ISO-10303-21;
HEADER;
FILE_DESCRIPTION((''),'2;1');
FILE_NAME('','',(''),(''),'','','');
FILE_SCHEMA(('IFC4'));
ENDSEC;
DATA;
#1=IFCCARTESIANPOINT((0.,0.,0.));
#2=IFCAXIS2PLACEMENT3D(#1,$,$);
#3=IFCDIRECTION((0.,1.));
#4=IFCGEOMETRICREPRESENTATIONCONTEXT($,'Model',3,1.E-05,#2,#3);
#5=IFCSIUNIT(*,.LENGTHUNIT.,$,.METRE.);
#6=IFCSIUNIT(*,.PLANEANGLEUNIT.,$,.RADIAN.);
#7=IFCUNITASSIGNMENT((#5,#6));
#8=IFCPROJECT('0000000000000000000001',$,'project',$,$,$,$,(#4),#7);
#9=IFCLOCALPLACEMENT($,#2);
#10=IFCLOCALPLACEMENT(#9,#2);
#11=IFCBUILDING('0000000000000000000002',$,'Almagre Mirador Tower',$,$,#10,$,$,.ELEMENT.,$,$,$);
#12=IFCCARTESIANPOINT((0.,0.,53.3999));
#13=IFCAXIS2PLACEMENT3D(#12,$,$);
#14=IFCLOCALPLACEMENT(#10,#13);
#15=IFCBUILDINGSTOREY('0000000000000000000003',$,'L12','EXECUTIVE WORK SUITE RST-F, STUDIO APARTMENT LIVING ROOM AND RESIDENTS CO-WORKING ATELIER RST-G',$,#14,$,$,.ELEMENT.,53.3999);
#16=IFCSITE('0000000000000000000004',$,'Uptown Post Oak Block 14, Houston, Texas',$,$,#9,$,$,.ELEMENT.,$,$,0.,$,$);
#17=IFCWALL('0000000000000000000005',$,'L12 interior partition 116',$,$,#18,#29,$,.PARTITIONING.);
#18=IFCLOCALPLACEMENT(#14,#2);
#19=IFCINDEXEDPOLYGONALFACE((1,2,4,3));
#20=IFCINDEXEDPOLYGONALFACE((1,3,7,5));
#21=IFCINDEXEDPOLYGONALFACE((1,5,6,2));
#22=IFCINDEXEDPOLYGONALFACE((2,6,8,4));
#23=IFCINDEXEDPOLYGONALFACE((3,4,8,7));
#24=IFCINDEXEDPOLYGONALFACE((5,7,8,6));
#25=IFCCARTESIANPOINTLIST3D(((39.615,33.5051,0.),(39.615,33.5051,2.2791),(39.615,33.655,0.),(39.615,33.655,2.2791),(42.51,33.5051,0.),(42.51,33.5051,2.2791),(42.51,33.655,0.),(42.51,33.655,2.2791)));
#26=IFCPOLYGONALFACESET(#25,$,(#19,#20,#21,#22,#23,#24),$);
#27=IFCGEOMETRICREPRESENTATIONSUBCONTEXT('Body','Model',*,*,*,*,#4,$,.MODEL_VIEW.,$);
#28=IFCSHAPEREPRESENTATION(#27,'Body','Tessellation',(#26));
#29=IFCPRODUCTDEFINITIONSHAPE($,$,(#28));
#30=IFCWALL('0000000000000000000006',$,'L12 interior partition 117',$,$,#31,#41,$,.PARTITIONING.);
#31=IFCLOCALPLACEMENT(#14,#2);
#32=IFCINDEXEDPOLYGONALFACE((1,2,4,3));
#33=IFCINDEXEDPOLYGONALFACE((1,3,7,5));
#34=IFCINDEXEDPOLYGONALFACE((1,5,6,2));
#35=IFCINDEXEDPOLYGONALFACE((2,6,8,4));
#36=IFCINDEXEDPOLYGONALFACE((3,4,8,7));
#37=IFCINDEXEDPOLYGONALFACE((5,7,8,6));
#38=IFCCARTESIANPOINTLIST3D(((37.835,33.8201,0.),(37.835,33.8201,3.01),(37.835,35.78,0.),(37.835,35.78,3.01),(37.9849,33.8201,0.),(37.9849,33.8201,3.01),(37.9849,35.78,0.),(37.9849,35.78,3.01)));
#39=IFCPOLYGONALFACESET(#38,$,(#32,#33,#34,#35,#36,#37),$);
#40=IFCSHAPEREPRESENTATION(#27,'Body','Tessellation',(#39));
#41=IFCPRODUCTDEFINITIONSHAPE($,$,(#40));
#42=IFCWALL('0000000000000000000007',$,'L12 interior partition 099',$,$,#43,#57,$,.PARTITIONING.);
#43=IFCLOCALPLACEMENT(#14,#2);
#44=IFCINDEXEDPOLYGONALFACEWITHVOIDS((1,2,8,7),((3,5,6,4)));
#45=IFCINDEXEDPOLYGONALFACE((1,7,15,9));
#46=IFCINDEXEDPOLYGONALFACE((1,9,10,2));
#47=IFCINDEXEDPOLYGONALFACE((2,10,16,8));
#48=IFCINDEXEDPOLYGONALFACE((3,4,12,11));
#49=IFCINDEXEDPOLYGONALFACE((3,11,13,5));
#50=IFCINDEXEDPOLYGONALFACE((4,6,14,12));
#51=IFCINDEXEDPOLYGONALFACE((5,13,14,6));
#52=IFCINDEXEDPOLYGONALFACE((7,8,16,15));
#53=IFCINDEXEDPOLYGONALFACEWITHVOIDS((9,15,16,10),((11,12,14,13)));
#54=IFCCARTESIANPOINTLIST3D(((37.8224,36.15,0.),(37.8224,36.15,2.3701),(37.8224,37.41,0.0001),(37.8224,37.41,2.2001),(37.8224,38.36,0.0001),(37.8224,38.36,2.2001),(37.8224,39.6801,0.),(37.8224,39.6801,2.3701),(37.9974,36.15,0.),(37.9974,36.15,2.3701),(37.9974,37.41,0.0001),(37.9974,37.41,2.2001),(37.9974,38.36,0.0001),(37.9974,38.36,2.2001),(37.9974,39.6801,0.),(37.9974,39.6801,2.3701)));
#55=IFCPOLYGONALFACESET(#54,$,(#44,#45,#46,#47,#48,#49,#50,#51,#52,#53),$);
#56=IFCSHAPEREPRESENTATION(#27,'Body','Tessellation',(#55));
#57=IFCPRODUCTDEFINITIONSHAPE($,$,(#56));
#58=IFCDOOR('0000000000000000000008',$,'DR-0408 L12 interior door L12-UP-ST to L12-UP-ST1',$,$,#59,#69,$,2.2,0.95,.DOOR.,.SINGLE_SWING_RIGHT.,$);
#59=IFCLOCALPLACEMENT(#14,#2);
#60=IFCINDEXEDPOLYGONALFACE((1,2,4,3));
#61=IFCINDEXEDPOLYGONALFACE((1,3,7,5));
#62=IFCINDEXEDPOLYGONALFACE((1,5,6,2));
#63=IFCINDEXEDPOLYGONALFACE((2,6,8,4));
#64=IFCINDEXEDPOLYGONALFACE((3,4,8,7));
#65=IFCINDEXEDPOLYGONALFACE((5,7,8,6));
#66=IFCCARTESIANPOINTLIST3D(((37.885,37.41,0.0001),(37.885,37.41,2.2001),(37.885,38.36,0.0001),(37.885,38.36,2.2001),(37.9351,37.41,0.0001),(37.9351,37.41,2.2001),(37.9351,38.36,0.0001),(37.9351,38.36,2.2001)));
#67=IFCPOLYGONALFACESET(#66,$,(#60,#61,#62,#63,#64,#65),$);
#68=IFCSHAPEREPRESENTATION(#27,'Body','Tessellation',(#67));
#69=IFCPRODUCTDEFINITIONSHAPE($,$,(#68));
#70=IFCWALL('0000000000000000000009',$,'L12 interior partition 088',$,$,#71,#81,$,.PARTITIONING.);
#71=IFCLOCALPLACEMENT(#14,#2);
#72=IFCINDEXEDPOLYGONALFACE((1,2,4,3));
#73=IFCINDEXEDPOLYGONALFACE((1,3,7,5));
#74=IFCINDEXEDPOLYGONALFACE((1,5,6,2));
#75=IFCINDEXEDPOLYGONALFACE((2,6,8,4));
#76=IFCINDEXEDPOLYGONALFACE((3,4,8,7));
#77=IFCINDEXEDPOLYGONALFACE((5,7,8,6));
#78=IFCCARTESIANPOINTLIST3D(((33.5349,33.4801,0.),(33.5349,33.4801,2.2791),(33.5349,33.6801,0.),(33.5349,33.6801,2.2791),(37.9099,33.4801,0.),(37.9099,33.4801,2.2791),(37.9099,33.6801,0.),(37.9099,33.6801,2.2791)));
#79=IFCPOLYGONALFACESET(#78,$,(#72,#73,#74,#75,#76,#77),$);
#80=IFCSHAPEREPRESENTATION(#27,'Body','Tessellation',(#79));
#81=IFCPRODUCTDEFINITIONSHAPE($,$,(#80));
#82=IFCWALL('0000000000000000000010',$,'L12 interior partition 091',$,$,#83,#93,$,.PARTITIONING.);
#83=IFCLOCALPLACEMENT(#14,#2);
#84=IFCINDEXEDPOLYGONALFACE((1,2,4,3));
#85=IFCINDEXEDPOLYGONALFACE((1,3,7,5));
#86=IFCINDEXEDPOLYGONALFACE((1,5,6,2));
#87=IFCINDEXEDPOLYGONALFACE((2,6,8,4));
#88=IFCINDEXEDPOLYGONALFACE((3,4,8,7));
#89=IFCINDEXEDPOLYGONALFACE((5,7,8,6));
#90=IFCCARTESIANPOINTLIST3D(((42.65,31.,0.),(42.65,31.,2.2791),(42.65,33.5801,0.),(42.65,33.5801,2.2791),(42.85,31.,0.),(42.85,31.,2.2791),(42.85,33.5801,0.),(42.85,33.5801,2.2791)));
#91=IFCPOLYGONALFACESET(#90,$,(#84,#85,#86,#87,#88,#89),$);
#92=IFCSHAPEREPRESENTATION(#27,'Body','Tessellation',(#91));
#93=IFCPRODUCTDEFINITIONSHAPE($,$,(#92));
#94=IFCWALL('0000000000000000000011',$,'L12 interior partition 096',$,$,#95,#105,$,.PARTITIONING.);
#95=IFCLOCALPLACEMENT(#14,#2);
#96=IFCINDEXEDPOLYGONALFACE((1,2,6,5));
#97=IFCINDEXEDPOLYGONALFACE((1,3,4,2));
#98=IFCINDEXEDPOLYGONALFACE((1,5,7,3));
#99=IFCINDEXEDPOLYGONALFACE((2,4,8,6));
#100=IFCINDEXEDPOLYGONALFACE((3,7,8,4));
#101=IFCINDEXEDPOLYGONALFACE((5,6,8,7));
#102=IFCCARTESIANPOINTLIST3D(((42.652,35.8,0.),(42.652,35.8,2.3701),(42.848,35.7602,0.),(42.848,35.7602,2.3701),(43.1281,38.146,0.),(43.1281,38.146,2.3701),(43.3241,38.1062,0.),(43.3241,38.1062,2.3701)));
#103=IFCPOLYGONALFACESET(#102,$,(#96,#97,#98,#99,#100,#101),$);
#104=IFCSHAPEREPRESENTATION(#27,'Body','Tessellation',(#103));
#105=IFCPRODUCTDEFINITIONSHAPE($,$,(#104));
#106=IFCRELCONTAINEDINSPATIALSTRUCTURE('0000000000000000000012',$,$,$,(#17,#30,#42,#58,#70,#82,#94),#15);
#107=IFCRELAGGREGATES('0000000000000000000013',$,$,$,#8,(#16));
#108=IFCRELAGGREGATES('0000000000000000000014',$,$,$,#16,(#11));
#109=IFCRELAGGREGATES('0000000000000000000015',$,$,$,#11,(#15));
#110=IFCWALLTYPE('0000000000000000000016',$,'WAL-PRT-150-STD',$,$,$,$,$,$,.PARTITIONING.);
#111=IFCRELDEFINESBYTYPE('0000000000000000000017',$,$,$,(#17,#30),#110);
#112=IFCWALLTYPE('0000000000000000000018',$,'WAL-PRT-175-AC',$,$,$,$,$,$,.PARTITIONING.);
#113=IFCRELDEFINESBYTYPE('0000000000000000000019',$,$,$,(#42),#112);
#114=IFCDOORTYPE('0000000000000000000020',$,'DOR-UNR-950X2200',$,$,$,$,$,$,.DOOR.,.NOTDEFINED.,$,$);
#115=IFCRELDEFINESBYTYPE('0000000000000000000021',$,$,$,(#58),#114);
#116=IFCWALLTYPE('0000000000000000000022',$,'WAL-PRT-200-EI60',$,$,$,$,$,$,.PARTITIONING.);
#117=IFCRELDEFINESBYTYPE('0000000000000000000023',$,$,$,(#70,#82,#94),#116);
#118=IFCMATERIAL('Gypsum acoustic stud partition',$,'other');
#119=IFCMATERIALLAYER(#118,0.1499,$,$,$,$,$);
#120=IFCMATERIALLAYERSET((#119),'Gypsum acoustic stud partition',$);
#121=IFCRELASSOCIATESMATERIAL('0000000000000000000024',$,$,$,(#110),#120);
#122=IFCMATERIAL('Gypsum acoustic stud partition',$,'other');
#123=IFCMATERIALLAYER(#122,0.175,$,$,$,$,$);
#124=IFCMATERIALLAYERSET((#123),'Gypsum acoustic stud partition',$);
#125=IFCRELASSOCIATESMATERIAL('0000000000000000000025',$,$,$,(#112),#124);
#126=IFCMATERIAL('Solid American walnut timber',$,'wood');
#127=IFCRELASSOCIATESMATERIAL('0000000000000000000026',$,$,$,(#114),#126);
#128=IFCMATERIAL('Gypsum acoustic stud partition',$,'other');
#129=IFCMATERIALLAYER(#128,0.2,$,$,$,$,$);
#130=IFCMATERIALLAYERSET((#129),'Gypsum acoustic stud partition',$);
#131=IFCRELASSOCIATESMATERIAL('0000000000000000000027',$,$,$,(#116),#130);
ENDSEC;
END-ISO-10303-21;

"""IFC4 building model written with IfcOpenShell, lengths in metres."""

from ifc_helpers import new_model, si_unit, direction, frame, frame_2d, origin, place, context, subcontext, project, spatial, rectangle, extrude, material, layer, layer_set, type_object, element, fill, save


model = new_model("IFC4")

# Units and contexts
model_context = context("Model", 3, precision=1e-05, world=origin(), true_north=direction((0.0, 1.0)))
body_context = subcontext(model_context, "Body", "Model", "MODEL_VIEW")
ifc_project = project(units=[si_unit("LENGTHUNIT", "METRE"), si_unit("PLANEANGLEUNIT", "RADIAN")], contexts=[model_context])

# Site, building, storey
site_placement = place(None, origin())
site = spatial("IfcSite", under=ifc_project, at=site_placement, Name="Uptown Post Oak Block 14, Houston, Texas", CompositionType="ELEMENT", RefElevation=0.0)
building_placement = place(site_placement, origin())
building = spatial("IfcBuilding", under=site, at=building_placement, Name="Almagre Mirador Tower", CompositionType="ELEMENT")
storey_placement = place(building_placement, frame((0.0, 0.0, 53.3999)))
storey = spatial("IfcBuildingStorey", under=building, at=storey_placement, Name="L12", Description="EXECUTIVE WORK SUITE RST-F, STUDIO APARTMENT LIVING ROOM AND RESIDENTS CO-WORKING ATELIER RST-G", CompositionType="ELEMENT", Elevation=53.3999)

# Walls
ifc_material_1 = material(Name="Gypsum acoustic stud partition", Category="other")
ifc_layer_1 = layer(ifc_material_1, 0.1499)
ifc_layer_set_1 = layer_set([ifc_layer_1], Name="Gypsum acoustic stud partition")
wall_type_1 = type_object("IfcWallType", Name="WAL-PRT-150-STD", PredefinedType="PARTITIONING", material=ifc_layer_set_1)
wall_1_placement = place(storey_placement, frame((42.51, 33.5801, 0.0), z_axis=(0.0, 0.0, 1.0), x_axis=(-1.0, 0.0, 0.0)))
element("IfcWall", 1, at=wall_1_placement, inside=storey, type_object=wall_type_1, Name="L12 interior partition 116", PredefinedType="PARTITIONING", context=body_context, shape_type="SweptSolid", body=[
    extrude(rectangle(XDim=2.895, YDim=0.1499, at=frame_2d((1.4475, 0.0))), origin(), (0.0, 0.0, 1.0), 2.2791),
])
wall_2_placement = place(storey_placement, frame((37.9099, 33.8201, 0.0), z_axis=(0.0, 0.0, 1.0), x_axis=(0.0, 1.0, 0.0)))
element("IfcWall", 2, at=wall_2_placement, inside=storey, type_object=wall_type_1, Name="L12 interior partition 117", PredefinedType="PARTITIONING", context=body_context, shape_type="SweptSolid", body=[
    extrude(rectangle(XDim=1.96, YDim=0.1499, at=frame_2d((0.98, 0.0))), origin(), (0.0, 0.0, 1.0), 3.01),
])

# Wall, opening, door
ifc_material_2 = material(Name="Gypsum acoustic stud partition", Category="other")
ifc_layer_2 = layer(ifc_material_2, 0.175)
ifc_layer_set_2 = layer_set([ifc_layer_2], Name="Gypsum acoustic stud partition")
wall_type_2 = type_object("IfcWallType", Name="WAL-PRT-175-AC", PredefinedType="PARTITIONING", material=ifc_layer_set_2)
wall_3_placement = place(storey_placement, frame((37.9099, 36.1499, 0.0), z_axis=(0.0, 0.0, 1.0), x_axis=(0.0, 1.0, 0.0)))
wall_3 = element("IfcWall", 3, at=wall_3_placement, inside=storey, type_object=wall_type_2, Name="L12 interior partition 099", PredefinedType="PARTITIONING", context=body_context, shape_type="SweptSolid", body=[
    extrude(rectangle(XDim=3.53, YDim=0.175, at=frame_2d((1.7651, 0.0))), origin(), (0.0, 0.0, 1.0), 2.3701),
])
opening_1_placement = place(wall_3_placement, frame((1.26, 0.0, 0.0)))
opening_1 = element("IfcOpeningElement", 4, at=opening_1_placement, cuts=wall_3, PredefinedType="OPENING", context=body_context, shape_type="SweptSolid", body=[
    extrude(rectangle(XDim=0.95, YDim=2.2, at=frame_2d((0.4751, 1.1001))), frame((0.0, 0.0974, 0.0), z_axis=(0.0, -1.0, 0.0), x_axis=(1.0, 0.0, 0.0)), (0.0, 0.0, 1.0), 0.195),
])
ifc_material_3 = material(Name="Solid American walnut timber", Category="wood")
door_type = type_object("IfcDoorType", Name="DOR-UNR-950X2200", OperationType="NOTDEFINED", PredefinedType="DOOR", material=ifc_material_3)
door_placement = place(opening_1_placement, origin())
door = element("IfcDoor", 5, at=door_placement, inside=storey, type_object=door_type, Name="DR-0408 L12 interior door L12-UP-ST to L12-UP-ST1", OperationType="SINGLE_SWING_RIGHT", OverallHeight=2.2, OverallWidth=0.95, PredefinedType="DOOR", context=body_context, shape_type="SweptSolid", body=[
    extrude(rectangle(XDim=0.95, YDim=2.2, at=frame_2d((0.4751, 1.1001))), frame((0.0, 0.0249, 0.0), z_axis=(0.0, -1.0, 0.0), x_axis=(1.0, 0.0, 0.0)), (0.0, 0.0, 1.0), 0.05),
])
fill(opening_1, door)

# Walls
ifc_material_4 = material(Name="Gypsum acoustic stud partition", Category="other")
ifc_layer_3 = layer(ifc_material_4, 0.2)
ifc_layer_set_3 = layer_set([ifc_layer_3], Name="Gypsum acoustic stud partition")
wall_type_3 = type_object("IfcWallType", Name="WAL-PRT-200-EI60", PredefinedType="PARTITIONING", material=ifc_layer_set_3)
wall_4_placement = place(storey_placement, frame((37.9099, 33.5801, 0.0), z_axis=(0.0, 0.0, 1.0), x_axis=(-1.0, 0.0, 0.0)))
element("IfcWall", 6, at=wall_4_placement, inside=storey, type_object=wall_type_3, Name="L12 interior partition 088", PredefinedType="PARTITIONING", context=body_context, shape_type="SweptSolid", body=[
    extrude(rectangle(XDim=4.375, YDim=0.2, at=frame_2d((2.1875, 0.0))), origin(), (0.0, 0.0, 1.0), 2.2791),
])
wall_5_placement = place(storey_placement, frame((42.75, 31.0, 0.0), z_axis=(0.0, 0.0, 1.0), x_axis=(0.0, 1.0, 0.0)))
element("IfcWall", 7, at=wall_5_placement, inside=storey, type_object=wall_type_3, Name="L12 interior partition 091", PredefinedType="PARTITIONING", context=body_context, shape_type="SweptSolid", body=[
    extrude(rectangle(XDim=2.5801, YDim=0.2, at=frame_2d((1.29, 0.0))), origin(), (0.0, 0.0, 1.0), 2.2791),
])
wall_6_placement = place(storey_placement, frame((43.2261, 38.126, 0.0), z_axis=(0.0, 0.0, 1.0), x_axis=(-0.198881, -0.980024, 0.0)))
element("IfcWall", 8, at=wall_6_placement, inside=storey, type_object=wall_type_3, Name="L12 interior partition 096", PredefinedType="PARTITIONING", context=body_context, shape_type="SweptSolid", body=[
    extrude(rectangle(XDim=2.3938, YDim=0.2, at=frame_2d((1.1968, 0.0))), origin(), (0.0, 0.0, 1.0), 2.3701),
])

save(model, "model.ifc")
